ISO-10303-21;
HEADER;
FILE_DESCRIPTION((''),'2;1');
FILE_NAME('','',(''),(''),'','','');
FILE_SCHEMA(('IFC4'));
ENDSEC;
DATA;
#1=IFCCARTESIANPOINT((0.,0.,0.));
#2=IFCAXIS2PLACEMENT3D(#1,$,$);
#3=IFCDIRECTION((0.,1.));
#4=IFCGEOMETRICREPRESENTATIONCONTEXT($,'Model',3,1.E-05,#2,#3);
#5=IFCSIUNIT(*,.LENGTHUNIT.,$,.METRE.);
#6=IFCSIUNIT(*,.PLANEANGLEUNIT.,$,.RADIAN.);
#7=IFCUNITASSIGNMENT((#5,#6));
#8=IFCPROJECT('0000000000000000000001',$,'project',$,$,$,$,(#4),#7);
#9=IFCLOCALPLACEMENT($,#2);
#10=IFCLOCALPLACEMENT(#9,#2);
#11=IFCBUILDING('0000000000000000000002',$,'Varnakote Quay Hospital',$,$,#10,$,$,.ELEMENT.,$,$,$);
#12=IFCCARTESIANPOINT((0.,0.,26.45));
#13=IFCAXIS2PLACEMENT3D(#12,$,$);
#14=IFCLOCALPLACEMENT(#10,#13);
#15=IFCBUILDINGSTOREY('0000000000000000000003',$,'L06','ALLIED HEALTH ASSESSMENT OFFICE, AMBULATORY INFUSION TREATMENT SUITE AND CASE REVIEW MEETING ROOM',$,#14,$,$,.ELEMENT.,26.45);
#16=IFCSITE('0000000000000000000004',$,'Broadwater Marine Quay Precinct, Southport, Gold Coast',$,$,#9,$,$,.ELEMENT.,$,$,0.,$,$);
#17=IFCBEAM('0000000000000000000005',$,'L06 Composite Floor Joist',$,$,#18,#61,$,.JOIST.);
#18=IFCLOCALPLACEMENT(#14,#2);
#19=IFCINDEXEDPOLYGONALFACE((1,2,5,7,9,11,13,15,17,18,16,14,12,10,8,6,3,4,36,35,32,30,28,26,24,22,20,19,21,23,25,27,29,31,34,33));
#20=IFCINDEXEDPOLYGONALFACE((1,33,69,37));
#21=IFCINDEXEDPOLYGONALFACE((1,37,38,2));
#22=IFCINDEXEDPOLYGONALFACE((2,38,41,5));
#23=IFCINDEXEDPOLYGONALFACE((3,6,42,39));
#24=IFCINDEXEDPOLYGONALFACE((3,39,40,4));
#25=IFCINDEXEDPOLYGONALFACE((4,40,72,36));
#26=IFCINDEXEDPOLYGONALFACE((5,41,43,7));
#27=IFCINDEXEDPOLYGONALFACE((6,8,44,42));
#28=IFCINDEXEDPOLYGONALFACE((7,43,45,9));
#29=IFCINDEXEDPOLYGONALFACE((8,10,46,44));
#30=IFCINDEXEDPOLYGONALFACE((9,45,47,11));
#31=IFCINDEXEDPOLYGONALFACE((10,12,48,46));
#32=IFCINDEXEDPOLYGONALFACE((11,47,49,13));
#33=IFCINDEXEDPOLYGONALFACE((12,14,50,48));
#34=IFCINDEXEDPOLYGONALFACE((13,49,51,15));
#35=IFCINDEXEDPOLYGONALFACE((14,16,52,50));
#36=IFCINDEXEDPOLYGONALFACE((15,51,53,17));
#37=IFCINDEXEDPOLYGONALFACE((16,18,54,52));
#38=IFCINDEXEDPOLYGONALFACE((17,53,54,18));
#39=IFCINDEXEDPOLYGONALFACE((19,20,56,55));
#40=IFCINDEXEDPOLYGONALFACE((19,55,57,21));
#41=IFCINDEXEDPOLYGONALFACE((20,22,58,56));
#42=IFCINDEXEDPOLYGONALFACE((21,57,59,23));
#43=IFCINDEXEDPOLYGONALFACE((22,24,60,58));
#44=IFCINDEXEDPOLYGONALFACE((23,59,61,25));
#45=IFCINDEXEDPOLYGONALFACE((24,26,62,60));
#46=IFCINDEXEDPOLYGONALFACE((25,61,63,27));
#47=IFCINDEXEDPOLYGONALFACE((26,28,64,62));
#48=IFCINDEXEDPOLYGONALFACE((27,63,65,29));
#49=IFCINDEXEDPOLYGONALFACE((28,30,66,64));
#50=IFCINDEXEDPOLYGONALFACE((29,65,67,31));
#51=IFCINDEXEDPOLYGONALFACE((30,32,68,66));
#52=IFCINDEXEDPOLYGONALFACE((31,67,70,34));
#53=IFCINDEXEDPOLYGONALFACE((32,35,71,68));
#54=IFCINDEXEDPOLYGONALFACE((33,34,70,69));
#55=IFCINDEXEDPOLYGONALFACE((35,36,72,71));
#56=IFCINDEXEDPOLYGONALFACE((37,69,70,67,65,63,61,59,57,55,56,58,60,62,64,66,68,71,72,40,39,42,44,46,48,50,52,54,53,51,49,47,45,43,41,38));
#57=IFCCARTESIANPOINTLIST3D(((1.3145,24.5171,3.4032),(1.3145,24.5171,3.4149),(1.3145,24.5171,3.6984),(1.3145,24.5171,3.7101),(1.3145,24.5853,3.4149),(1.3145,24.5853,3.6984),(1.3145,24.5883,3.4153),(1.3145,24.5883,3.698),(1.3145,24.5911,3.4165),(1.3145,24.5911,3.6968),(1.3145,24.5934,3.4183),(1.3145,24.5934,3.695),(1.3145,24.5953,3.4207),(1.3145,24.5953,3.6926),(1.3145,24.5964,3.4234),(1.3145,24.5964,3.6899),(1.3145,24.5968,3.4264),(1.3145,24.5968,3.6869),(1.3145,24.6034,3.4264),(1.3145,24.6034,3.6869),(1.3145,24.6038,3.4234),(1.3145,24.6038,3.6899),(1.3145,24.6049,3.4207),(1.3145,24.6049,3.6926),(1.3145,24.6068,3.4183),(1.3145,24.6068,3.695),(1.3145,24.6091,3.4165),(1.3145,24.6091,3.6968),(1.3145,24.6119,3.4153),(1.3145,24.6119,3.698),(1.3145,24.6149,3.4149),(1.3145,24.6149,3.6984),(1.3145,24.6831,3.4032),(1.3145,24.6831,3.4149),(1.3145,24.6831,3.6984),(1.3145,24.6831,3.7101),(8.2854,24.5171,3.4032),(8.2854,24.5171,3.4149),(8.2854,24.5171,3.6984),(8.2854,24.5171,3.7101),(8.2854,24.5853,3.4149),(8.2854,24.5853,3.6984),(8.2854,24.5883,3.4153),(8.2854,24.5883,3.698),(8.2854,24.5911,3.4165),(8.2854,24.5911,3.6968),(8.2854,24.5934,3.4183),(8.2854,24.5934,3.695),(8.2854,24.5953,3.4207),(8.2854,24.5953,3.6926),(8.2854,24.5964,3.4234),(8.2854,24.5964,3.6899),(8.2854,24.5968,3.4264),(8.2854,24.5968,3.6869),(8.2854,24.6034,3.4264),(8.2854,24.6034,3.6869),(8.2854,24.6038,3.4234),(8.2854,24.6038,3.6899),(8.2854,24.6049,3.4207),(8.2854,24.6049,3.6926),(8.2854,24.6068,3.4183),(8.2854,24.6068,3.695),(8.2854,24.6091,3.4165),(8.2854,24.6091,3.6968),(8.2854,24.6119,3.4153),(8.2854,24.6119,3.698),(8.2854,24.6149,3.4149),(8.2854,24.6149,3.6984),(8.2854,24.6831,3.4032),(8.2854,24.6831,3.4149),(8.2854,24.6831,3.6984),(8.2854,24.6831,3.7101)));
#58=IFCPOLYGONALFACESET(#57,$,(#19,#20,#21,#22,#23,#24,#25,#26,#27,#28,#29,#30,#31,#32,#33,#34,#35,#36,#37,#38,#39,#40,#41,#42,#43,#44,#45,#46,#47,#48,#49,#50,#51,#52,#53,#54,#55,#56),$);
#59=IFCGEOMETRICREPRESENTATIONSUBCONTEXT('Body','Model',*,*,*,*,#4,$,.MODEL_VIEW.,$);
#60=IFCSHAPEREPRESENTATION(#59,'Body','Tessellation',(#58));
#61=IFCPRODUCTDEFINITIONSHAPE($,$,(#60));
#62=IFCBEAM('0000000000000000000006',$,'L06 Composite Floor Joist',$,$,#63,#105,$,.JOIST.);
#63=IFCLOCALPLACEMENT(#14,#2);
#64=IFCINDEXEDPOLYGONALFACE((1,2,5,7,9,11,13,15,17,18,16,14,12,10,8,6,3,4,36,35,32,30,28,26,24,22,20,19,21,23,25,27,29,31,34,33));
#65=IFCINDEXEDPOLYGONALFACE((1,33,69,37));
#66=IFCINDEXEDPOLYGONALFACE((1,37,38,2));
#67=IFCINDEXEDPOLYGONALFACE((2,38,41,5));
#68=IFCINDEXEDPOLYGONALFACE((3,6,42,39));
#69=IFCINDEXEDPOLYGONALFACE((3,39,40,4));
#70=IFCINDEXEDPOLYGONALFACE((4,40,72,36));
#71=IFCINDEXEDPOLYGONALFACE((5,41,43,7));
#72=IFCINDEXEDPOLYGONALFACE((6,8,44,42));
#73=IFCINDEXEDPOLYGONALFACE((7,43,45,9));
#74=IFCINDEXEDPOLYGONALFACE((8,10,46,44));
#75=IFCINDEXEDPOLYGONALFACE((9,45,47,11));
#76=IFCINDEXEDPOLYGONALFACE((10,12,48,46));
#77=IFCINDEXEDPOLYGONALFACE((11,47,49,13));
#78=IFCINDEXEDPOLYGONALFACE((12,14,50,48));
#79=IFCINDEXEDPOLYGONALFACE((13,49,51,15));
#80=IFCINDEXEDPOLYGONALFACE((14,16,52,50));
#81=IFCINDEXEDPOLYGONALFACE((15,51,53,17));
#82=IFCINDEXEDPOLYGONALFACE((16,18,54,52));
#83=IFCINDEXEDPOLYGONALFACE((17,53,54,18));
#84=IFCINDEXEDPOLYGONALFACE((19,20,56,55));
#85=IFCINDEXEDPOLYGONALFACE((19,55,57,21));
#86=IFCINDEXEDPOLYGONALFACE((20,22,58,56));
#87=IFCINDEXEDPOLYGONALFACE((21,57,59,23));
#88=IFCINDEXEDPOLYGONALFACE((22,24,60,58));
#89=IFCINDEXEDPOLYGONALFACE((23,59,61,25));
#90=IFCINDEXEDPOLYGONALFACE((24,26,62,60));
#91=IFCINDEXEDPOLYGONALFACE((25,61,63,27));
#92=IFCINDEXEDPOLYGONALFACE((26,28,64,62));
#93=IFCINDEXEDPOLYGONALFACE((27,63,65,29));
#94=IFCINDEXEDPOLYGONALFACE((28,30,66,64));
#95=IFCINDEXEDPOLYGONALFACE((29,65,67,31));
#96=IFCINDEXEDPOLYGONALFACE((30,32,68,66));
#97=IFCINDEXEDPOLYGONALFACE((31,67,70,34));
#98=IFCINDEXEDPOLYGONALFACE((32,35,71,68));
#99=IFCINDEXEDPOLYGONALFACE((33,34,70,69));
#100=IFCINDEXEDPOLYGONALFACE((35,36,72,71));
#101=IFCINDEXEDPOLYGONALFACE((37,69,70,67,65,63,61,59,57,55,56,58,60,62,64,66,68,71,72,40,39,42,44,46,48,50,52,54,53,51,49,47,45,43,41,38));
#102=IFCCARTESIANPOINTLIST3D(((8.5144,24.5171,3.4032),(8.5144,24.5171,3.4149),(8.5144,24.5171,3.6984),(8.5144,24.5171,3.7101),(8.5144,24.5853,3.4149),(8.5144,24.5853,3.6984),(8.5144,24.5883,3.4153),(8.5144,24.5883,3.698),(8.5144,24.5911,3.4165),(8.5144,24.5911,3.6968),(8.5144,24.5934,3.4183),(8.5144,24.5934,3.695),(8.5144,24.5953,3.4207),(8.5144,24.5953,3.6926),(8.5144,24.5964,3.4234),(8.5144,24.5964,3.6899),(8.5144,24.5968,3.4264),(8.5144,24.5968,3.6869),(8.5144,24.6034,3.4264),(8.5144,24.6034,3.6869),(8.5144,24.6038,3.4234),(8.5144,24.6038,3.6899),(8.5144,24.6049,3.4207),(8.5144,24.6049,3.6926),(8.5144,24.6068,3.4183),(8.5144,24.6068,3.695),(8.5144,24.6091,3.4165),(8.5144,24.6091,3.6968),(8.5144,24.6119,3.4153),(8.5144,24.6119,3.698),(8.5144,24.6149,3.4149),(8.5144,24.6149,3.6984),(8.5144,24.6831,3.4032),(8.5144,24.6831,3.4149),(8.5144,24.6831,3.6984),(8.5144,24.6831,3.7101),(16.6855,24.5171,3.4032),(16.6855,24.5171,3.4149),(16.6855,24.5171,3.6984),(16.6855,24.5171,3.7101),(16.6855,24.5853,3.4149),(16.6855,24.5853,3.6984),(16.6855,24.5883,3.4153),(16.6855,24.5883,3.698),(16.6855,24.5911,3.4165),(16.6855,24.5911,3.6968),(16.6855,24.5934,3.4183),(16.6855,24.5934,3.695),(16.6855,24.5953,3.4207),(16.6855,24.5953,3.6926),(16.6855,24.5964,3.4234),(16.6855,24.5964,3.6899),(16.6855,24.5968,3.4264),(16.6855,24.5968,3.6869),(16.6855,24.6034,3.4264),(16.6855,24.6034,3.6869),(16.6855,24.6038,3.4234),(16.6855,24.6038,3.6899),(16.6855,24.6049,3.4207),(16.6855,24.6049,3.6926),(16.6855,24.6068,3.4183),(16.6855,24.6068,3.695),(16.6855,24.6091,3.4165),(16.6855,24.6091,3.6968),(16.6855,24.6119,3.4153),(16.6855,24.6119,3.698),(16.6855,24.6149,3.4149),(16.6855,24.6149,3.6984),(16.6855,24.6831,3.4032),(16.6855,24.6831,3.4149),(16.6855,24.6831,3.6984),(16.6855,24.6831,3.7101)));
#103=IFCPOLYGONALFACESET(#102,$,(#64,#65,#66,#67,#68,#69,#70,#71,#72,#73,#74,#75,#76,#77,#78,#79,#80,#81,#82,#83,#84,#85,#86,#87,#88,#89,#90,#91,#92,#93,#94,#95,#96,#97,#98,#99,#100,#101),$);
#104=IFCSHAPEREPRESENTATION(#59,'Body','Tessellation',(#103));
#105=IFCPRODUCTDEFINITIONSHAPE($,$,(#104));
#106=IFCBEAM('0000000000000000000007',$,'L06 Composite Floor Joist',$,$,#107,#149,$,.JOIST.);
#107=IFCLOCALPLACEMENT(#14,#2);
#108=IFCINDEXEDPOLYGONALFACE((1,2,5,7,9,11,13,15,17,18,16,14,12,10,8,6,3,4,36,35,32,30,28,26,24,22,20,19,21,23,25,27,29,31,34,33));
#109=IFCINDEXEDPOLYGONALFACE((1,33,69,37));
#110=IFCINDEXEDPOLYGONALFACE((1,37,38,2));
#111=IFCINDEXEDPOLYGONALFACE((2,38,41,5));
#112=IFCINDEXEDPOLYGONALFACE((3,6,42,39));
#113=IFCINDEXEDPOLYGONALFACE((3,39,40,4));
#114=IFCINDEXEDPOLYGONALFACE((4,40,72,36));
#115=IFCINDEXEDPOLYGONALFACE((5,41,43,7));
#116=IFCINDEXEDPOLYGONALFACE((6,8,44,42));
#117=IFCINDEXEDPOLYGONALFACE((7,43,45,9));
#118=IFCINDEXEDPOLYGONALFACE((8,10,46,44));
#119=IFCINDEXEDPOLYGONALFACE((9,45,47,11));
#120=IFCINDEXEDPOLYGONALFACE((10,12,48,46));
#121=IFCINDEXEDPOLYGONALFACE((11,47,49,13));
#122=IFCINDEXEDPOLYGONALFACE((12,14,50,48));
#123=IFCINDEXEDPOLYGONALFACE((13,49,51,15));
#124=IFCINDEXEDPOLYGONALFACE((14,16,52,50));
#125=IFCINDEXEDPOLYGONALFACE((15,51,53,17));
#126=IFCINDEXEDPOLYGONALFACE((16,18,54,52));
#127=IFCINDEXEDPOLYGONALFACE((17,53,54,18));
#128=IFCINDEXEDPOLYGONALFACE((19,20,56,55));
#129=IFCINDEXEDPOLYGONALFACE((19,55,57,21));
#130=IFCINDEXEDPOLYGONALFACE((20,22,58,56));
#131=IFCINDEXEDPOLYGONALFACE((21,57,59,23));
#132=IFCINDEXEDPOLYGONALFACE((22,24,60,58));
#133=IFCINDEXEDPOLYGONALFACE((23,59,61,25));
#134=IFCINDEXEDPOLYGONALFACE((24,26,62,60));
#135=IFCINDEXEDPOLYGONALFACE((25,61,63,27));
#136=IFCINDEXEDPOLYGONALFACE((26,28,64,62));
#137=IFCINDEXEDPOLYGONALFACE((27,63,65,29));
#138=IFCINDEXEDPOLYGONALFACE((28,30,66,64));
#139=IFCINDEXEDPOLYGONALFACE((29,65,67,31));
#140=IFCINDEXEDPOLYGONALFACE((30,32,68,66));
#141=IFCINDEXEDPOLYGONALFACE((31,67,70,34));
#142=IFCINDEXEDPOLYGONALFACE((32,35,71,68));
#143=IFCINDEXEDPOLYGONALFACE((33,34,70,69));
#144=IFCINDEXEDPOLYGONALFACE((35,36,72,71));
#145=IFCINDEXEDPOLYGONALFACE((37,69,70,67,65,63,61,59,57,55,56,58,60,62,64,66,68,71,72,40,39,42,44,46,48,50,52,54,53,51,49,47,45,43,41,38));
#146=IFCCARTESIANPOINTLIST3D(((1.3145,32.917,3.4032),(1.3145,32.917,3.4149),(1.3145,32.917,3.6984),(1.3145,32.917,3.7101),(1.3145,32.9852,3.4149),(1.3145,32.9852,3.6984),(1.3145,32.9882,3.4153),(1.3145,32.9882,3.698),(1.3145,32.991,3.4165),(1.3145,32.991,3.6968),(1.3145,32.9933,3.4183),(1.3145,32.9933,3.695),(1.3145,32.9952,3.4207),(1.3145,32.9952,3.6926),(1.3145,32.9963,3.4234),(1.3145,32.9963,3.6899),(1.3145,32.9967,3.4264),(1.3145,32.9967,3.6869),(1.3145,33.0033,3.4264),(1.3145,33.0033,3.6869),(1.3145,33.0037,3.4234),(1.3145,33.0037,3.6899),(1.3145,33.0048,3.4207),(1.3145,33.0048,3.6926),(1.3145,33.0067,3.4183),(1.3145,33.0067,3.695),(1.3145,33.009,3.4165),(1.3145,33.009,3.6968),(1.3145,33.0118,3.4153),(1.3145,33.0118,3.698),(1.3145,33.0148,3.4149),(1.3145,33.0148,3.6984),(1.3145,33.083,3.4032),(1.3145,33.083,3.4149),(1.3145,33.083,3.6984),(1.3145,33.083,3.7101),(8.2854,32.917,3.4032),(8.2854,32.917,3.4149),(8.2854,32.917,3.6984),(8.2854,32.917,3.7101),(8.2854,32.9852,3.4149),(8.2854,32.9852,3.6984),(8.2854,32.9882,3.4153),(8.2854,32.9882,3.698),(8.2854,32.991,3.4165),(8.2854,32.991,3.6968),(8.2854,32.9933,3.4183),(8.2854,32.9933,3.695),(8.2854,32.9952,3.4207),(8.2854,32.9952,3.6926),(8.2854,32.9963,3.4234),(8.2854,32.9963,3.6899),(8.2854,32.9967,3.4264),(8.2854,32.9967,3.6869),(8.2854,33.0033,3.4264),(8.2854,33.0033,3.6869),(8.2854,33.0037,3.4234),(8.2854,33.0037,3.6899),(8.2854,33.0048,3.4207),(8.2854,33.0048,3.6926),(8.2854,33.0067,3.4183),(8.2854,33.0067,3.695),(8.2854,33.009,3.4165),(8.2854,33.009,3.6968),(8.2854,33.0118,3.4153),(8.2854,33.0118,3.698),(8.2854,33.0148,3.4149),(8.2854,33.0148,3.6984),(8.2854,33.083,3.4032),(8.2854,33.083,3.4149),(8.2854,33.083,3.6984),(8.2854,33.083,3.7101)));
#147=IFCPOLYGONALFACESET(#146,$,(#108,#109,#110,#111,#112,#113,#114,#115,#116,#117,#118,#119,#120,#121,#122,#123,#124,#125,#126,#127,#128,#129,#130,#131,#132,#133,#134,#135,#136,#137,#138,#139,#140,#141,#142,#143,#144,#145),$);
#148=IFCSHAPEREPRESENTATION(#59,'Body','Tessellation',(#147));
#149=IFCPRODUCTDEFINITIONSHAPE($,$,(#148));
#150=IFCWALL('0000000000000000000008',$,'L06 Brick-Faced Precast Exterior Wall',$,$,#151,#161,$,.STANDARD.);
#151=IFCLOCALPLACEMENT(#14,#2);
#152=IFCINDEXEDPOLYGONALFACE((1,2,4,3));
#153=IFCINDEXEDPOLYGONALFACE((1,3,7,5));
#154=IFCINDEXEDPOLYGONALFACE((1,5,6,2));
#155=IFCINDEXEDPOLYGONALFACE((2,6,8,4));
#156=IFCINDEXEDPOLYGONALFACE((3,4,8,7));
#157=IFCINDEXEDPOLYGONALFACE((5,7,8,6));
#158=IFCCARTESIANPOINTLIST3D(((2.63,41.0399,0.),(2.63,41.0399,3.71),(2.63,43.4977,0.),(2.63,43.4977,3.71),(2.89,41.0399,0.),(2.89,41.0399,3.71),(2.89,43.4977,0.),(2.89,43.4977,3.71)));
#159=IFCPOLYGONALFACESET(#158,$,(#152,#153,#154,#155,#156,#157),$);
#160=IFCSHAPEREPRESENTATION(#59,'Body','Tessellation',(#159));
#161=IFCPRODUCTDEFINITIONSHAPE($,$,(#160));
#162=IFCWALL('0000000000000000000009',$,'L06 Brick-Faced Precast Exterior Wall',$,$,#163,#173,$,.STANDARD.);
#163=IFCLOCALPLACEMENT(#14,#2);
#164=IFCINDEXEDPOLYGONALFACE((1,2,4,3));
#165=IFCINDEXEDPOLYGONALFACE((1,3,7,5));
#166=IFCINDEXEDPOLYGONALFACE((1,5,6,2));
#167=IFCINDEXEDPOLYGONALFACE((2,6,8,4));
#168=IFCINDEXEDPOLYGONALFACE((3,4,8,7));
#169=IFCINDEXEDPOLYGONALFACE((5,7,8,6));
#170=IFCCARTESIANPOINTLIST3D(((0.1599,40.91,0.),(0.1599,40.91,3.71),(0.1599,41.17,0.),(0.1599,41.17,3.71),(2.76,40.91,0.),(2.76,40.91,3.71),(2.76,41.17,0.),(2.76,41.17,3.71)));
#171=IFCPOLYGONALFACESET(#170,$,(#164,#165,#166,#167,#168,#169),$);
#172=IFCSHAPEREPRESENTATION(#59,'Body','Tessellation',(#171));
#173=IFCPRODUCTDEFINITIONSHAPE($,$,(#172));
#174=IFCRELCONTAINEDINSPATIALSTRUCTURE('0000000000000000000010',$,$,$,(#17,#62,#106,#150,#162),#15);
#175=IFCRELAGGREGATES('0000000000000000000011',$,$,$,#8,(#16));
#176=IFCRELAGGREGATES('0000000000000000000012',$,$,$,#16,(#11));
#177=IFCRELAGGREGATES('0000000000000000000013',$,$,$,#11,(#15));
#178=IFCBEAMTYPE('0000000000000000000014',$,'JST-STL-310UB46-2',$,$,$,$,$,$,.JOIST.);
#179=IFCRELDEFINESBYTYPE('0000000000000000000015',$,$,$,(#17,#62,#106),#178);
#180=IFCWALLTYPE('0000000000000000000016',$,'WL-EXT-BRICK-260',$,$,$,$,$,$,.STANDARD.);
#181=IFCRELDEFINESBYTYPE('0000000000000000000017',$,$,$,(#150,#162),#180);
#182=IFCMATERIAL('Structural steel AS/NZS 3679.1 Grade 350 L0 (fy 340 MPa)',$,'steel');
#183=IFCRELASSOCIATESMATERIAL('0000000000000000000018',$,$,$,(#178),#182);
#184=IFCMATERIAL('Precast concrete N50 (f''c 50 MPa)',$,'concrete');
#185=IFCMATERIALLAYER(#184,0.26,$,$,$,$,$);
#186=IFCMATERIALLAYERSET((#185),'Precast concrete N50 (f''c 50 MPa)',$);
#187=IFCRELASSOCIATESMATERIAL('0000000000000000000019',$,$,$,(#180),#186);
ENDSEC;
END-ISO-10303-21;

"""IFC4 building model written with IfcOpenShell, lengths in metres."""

from ifc_helpers import new_model, si_unit, direction, frame, frame_2d, origin, origin_2d, place, context, subcontext, project, spatial, rectangle, i_section, extrude, material, layer, layer_set, material_profile, profile_set, type_object, element, save


model = new_model("IFC4")

# Units and contexts
model_context = context("Model", 3, precision=1e-05, world=origin(), true_north=direction((0.0, 1.0)))
body_context = subcontext(model_context, "Body", "Model", "MODEL_VIEW")
ifc_project = project(units=[si_unit("LENGTHUNIT", "METRE"), si_unit("PLANEANGLEUNIT", "RADIAN")], contexts=[model_context])

# Site, building, storey
site_placement = place(None, origin())
site = spatial("IfcSite", under=ifc_project, at=site_placement, Name="Broadwater Marine Quay Precinct, Southport, Gold Coast", CompositionType="ELEMENT", RefElevation=0.0)
building_placement = place(site_placement, origin())
building = spatial("IfcBuilding", under=site, at=building_placement, Name="Varnakote Quay Hospital", CompositionType="ELEMENT")
storey_placement = place(building_placement, frame((0.0, 0.0, 26.45)))
storey = spatial("IfcBuildingStorey", under=building, at=storey_placement, Name="L06", Description="ALLIED HEALTH ASSESSMENT OFFICE, AMBULATORY INFUSION TREATMENT SUITE AND CASE REVIEW MEETING ROOM", CompositionType="ELEMENT", Elevation=26.45)

# Beams
ifc_material_1 = material(Name="Structural steel AS/NZS 3679.1 Grade 350 L0 (fy 340 MPa)", Category="steel")
ifc_material_profile_1 = material_profile(ifc_material_1, i_section(OverallWidth=0.166, OverallDepth=0.3069, WebThickness=0.0066, FlangeThickness=0.0117, FilletRadius=0.0115, at=origin_2d()), Name="310UB46.2")
ifc_profile_set_1 = profile_set([ifc_material_profile_1], Name="Structural steel AS/NZS 3679.1 Grade 350 L0 (fy 340 MPa)")
beam_type_1 = type_object("IfcBeamType", Name="JST-STL-310UB46-2", PredefinedType="JOIST", material=ifc_profile_set_1)
beam_1_placement = place(storey_placement, frame((1.3145, 24.6001, 3.5566), z_axis=(1.0, 0.0, 0.0), x_axis=(0.0, 1.0, 0.0)))
element("IfcBeam", 1, at=beam_1_placement, inside=storey, type_object=beam_type_1, Name="L06 Composite Floor Joist", PredefinedType="JOIST", context=body_context, shape_type="SweptSolid", body=[
    extrude(i_section(OverallWidth=0.166, OverallDepth=0.3069, WebThickness=0.0066, FlangeThickness=0.0117, FilletRadius=0.0115, at=origin_2d()), origin(), (0.0, 0.0, 1.0), 6.9709),
])
beam_2_placement = place(storey_placement, frame((8.5144, 24.6001, 3.5566), z_axis=(1.0, 0.0, 0.0), x_axis=(0.0, 1.0, 0.0)))
element("IfcBeam", 2, at=beam_2_placement, inside=storey, type_object=beam_type_1, Name="L06 Composite Floor Joist", PredefinedType="JOIST", context=body_context, shape_type="SweptSolid", body=[
    extrude(i_section(OverallWidth=0.166, OverallDepth=0.3069, WebThickness=0.0066, FlangeThickness=0.0117, FilletRadius=0.0115, at=origin_2d()), origin(), (0.0, 0.0, 1.0), 8.1711),
])
beam_3_placement = place(storey_placement, frame((1.3145, 33.0, 3.5566), z_axis=(1.0, 0.0, 0.0), x_axis=(0.0, 1.0, 0.0)))
element("IfcBeam", 3, at=beam_3_placement, inside=storey, type_object=beam_type_1, Name="L06 Composite Floor Joist", PredefinedType="JOIST", context=body_context, shape_type="SweptSolid", body=[
    extrude(i_section(OverallWidth=0.166, OverallDepth=0.3069, WebThickness=0.0066, FlangeThickness=0.0117, FilletRadius=0.0115, at=origin_2d()), origin(), (0.0, 0.0, 1.0), 6.9709),
])

# Walls
ifc_material_2 = material(Name="Precast concrete N50 (f'c 50 MPa)", Category="concrete")
ifc_layer_1 = layer(ifc_material_2, 0.26)
ifc_layer_set_1 = layer_set([ifc_layer_1], Name="Precast concrete N50 (f'c 50 MPa)")
wall_type_1 = type_object("IfcWallType", Name="WL-EXT-BRICK-260", PredefinedType="STANDARD", material=ifc_layer_set_1)
wall_1_placement = place(storey_placement, frame((2.76, 43.4978, 0.0), z_axis=(0.0, 0.0, 1.0), x_axis=(0.0, -1.0, 0.0)))
element("IfcWall", 4, at=wall_1_placement, inside=storey, type_object=wall_type_1, Name="L06 Brick-Faced Precast Exterior Wall", PredefinedType="STANDARD", context=body_context, shape_type="SweptSolid", body=[
    extrude(rectangle(XDim=2.4578, YDim=0.26, at=frame_2d((1.229, 0.0))), origin(), (0.0, 0.0, 1.0), 3.71),
])
wall_2_placement = place(storey_placement, frame((2.76, 41.04, 0.0), z_axis=(0.0, 0.0, 1.0), x_axis=(-1.0, 0.0, 0.0)))
element("IfcWall", 5, at=wall_2_placement, inside=storey, type_object=wall_type_1, Name="L06 Brick-Faced Precast Exterior Wall", PredefinedType="STANDARD", context=body_context, shape_type="SweptSolid", body=[
    extrude(rectangle(XDim=2.6001, YDim=0.26, at=frame_2d((1.3, 0.0))), origin(), (0.0, 0.0, 1.0), 3.71),
])

save(model, "model.ifc")
